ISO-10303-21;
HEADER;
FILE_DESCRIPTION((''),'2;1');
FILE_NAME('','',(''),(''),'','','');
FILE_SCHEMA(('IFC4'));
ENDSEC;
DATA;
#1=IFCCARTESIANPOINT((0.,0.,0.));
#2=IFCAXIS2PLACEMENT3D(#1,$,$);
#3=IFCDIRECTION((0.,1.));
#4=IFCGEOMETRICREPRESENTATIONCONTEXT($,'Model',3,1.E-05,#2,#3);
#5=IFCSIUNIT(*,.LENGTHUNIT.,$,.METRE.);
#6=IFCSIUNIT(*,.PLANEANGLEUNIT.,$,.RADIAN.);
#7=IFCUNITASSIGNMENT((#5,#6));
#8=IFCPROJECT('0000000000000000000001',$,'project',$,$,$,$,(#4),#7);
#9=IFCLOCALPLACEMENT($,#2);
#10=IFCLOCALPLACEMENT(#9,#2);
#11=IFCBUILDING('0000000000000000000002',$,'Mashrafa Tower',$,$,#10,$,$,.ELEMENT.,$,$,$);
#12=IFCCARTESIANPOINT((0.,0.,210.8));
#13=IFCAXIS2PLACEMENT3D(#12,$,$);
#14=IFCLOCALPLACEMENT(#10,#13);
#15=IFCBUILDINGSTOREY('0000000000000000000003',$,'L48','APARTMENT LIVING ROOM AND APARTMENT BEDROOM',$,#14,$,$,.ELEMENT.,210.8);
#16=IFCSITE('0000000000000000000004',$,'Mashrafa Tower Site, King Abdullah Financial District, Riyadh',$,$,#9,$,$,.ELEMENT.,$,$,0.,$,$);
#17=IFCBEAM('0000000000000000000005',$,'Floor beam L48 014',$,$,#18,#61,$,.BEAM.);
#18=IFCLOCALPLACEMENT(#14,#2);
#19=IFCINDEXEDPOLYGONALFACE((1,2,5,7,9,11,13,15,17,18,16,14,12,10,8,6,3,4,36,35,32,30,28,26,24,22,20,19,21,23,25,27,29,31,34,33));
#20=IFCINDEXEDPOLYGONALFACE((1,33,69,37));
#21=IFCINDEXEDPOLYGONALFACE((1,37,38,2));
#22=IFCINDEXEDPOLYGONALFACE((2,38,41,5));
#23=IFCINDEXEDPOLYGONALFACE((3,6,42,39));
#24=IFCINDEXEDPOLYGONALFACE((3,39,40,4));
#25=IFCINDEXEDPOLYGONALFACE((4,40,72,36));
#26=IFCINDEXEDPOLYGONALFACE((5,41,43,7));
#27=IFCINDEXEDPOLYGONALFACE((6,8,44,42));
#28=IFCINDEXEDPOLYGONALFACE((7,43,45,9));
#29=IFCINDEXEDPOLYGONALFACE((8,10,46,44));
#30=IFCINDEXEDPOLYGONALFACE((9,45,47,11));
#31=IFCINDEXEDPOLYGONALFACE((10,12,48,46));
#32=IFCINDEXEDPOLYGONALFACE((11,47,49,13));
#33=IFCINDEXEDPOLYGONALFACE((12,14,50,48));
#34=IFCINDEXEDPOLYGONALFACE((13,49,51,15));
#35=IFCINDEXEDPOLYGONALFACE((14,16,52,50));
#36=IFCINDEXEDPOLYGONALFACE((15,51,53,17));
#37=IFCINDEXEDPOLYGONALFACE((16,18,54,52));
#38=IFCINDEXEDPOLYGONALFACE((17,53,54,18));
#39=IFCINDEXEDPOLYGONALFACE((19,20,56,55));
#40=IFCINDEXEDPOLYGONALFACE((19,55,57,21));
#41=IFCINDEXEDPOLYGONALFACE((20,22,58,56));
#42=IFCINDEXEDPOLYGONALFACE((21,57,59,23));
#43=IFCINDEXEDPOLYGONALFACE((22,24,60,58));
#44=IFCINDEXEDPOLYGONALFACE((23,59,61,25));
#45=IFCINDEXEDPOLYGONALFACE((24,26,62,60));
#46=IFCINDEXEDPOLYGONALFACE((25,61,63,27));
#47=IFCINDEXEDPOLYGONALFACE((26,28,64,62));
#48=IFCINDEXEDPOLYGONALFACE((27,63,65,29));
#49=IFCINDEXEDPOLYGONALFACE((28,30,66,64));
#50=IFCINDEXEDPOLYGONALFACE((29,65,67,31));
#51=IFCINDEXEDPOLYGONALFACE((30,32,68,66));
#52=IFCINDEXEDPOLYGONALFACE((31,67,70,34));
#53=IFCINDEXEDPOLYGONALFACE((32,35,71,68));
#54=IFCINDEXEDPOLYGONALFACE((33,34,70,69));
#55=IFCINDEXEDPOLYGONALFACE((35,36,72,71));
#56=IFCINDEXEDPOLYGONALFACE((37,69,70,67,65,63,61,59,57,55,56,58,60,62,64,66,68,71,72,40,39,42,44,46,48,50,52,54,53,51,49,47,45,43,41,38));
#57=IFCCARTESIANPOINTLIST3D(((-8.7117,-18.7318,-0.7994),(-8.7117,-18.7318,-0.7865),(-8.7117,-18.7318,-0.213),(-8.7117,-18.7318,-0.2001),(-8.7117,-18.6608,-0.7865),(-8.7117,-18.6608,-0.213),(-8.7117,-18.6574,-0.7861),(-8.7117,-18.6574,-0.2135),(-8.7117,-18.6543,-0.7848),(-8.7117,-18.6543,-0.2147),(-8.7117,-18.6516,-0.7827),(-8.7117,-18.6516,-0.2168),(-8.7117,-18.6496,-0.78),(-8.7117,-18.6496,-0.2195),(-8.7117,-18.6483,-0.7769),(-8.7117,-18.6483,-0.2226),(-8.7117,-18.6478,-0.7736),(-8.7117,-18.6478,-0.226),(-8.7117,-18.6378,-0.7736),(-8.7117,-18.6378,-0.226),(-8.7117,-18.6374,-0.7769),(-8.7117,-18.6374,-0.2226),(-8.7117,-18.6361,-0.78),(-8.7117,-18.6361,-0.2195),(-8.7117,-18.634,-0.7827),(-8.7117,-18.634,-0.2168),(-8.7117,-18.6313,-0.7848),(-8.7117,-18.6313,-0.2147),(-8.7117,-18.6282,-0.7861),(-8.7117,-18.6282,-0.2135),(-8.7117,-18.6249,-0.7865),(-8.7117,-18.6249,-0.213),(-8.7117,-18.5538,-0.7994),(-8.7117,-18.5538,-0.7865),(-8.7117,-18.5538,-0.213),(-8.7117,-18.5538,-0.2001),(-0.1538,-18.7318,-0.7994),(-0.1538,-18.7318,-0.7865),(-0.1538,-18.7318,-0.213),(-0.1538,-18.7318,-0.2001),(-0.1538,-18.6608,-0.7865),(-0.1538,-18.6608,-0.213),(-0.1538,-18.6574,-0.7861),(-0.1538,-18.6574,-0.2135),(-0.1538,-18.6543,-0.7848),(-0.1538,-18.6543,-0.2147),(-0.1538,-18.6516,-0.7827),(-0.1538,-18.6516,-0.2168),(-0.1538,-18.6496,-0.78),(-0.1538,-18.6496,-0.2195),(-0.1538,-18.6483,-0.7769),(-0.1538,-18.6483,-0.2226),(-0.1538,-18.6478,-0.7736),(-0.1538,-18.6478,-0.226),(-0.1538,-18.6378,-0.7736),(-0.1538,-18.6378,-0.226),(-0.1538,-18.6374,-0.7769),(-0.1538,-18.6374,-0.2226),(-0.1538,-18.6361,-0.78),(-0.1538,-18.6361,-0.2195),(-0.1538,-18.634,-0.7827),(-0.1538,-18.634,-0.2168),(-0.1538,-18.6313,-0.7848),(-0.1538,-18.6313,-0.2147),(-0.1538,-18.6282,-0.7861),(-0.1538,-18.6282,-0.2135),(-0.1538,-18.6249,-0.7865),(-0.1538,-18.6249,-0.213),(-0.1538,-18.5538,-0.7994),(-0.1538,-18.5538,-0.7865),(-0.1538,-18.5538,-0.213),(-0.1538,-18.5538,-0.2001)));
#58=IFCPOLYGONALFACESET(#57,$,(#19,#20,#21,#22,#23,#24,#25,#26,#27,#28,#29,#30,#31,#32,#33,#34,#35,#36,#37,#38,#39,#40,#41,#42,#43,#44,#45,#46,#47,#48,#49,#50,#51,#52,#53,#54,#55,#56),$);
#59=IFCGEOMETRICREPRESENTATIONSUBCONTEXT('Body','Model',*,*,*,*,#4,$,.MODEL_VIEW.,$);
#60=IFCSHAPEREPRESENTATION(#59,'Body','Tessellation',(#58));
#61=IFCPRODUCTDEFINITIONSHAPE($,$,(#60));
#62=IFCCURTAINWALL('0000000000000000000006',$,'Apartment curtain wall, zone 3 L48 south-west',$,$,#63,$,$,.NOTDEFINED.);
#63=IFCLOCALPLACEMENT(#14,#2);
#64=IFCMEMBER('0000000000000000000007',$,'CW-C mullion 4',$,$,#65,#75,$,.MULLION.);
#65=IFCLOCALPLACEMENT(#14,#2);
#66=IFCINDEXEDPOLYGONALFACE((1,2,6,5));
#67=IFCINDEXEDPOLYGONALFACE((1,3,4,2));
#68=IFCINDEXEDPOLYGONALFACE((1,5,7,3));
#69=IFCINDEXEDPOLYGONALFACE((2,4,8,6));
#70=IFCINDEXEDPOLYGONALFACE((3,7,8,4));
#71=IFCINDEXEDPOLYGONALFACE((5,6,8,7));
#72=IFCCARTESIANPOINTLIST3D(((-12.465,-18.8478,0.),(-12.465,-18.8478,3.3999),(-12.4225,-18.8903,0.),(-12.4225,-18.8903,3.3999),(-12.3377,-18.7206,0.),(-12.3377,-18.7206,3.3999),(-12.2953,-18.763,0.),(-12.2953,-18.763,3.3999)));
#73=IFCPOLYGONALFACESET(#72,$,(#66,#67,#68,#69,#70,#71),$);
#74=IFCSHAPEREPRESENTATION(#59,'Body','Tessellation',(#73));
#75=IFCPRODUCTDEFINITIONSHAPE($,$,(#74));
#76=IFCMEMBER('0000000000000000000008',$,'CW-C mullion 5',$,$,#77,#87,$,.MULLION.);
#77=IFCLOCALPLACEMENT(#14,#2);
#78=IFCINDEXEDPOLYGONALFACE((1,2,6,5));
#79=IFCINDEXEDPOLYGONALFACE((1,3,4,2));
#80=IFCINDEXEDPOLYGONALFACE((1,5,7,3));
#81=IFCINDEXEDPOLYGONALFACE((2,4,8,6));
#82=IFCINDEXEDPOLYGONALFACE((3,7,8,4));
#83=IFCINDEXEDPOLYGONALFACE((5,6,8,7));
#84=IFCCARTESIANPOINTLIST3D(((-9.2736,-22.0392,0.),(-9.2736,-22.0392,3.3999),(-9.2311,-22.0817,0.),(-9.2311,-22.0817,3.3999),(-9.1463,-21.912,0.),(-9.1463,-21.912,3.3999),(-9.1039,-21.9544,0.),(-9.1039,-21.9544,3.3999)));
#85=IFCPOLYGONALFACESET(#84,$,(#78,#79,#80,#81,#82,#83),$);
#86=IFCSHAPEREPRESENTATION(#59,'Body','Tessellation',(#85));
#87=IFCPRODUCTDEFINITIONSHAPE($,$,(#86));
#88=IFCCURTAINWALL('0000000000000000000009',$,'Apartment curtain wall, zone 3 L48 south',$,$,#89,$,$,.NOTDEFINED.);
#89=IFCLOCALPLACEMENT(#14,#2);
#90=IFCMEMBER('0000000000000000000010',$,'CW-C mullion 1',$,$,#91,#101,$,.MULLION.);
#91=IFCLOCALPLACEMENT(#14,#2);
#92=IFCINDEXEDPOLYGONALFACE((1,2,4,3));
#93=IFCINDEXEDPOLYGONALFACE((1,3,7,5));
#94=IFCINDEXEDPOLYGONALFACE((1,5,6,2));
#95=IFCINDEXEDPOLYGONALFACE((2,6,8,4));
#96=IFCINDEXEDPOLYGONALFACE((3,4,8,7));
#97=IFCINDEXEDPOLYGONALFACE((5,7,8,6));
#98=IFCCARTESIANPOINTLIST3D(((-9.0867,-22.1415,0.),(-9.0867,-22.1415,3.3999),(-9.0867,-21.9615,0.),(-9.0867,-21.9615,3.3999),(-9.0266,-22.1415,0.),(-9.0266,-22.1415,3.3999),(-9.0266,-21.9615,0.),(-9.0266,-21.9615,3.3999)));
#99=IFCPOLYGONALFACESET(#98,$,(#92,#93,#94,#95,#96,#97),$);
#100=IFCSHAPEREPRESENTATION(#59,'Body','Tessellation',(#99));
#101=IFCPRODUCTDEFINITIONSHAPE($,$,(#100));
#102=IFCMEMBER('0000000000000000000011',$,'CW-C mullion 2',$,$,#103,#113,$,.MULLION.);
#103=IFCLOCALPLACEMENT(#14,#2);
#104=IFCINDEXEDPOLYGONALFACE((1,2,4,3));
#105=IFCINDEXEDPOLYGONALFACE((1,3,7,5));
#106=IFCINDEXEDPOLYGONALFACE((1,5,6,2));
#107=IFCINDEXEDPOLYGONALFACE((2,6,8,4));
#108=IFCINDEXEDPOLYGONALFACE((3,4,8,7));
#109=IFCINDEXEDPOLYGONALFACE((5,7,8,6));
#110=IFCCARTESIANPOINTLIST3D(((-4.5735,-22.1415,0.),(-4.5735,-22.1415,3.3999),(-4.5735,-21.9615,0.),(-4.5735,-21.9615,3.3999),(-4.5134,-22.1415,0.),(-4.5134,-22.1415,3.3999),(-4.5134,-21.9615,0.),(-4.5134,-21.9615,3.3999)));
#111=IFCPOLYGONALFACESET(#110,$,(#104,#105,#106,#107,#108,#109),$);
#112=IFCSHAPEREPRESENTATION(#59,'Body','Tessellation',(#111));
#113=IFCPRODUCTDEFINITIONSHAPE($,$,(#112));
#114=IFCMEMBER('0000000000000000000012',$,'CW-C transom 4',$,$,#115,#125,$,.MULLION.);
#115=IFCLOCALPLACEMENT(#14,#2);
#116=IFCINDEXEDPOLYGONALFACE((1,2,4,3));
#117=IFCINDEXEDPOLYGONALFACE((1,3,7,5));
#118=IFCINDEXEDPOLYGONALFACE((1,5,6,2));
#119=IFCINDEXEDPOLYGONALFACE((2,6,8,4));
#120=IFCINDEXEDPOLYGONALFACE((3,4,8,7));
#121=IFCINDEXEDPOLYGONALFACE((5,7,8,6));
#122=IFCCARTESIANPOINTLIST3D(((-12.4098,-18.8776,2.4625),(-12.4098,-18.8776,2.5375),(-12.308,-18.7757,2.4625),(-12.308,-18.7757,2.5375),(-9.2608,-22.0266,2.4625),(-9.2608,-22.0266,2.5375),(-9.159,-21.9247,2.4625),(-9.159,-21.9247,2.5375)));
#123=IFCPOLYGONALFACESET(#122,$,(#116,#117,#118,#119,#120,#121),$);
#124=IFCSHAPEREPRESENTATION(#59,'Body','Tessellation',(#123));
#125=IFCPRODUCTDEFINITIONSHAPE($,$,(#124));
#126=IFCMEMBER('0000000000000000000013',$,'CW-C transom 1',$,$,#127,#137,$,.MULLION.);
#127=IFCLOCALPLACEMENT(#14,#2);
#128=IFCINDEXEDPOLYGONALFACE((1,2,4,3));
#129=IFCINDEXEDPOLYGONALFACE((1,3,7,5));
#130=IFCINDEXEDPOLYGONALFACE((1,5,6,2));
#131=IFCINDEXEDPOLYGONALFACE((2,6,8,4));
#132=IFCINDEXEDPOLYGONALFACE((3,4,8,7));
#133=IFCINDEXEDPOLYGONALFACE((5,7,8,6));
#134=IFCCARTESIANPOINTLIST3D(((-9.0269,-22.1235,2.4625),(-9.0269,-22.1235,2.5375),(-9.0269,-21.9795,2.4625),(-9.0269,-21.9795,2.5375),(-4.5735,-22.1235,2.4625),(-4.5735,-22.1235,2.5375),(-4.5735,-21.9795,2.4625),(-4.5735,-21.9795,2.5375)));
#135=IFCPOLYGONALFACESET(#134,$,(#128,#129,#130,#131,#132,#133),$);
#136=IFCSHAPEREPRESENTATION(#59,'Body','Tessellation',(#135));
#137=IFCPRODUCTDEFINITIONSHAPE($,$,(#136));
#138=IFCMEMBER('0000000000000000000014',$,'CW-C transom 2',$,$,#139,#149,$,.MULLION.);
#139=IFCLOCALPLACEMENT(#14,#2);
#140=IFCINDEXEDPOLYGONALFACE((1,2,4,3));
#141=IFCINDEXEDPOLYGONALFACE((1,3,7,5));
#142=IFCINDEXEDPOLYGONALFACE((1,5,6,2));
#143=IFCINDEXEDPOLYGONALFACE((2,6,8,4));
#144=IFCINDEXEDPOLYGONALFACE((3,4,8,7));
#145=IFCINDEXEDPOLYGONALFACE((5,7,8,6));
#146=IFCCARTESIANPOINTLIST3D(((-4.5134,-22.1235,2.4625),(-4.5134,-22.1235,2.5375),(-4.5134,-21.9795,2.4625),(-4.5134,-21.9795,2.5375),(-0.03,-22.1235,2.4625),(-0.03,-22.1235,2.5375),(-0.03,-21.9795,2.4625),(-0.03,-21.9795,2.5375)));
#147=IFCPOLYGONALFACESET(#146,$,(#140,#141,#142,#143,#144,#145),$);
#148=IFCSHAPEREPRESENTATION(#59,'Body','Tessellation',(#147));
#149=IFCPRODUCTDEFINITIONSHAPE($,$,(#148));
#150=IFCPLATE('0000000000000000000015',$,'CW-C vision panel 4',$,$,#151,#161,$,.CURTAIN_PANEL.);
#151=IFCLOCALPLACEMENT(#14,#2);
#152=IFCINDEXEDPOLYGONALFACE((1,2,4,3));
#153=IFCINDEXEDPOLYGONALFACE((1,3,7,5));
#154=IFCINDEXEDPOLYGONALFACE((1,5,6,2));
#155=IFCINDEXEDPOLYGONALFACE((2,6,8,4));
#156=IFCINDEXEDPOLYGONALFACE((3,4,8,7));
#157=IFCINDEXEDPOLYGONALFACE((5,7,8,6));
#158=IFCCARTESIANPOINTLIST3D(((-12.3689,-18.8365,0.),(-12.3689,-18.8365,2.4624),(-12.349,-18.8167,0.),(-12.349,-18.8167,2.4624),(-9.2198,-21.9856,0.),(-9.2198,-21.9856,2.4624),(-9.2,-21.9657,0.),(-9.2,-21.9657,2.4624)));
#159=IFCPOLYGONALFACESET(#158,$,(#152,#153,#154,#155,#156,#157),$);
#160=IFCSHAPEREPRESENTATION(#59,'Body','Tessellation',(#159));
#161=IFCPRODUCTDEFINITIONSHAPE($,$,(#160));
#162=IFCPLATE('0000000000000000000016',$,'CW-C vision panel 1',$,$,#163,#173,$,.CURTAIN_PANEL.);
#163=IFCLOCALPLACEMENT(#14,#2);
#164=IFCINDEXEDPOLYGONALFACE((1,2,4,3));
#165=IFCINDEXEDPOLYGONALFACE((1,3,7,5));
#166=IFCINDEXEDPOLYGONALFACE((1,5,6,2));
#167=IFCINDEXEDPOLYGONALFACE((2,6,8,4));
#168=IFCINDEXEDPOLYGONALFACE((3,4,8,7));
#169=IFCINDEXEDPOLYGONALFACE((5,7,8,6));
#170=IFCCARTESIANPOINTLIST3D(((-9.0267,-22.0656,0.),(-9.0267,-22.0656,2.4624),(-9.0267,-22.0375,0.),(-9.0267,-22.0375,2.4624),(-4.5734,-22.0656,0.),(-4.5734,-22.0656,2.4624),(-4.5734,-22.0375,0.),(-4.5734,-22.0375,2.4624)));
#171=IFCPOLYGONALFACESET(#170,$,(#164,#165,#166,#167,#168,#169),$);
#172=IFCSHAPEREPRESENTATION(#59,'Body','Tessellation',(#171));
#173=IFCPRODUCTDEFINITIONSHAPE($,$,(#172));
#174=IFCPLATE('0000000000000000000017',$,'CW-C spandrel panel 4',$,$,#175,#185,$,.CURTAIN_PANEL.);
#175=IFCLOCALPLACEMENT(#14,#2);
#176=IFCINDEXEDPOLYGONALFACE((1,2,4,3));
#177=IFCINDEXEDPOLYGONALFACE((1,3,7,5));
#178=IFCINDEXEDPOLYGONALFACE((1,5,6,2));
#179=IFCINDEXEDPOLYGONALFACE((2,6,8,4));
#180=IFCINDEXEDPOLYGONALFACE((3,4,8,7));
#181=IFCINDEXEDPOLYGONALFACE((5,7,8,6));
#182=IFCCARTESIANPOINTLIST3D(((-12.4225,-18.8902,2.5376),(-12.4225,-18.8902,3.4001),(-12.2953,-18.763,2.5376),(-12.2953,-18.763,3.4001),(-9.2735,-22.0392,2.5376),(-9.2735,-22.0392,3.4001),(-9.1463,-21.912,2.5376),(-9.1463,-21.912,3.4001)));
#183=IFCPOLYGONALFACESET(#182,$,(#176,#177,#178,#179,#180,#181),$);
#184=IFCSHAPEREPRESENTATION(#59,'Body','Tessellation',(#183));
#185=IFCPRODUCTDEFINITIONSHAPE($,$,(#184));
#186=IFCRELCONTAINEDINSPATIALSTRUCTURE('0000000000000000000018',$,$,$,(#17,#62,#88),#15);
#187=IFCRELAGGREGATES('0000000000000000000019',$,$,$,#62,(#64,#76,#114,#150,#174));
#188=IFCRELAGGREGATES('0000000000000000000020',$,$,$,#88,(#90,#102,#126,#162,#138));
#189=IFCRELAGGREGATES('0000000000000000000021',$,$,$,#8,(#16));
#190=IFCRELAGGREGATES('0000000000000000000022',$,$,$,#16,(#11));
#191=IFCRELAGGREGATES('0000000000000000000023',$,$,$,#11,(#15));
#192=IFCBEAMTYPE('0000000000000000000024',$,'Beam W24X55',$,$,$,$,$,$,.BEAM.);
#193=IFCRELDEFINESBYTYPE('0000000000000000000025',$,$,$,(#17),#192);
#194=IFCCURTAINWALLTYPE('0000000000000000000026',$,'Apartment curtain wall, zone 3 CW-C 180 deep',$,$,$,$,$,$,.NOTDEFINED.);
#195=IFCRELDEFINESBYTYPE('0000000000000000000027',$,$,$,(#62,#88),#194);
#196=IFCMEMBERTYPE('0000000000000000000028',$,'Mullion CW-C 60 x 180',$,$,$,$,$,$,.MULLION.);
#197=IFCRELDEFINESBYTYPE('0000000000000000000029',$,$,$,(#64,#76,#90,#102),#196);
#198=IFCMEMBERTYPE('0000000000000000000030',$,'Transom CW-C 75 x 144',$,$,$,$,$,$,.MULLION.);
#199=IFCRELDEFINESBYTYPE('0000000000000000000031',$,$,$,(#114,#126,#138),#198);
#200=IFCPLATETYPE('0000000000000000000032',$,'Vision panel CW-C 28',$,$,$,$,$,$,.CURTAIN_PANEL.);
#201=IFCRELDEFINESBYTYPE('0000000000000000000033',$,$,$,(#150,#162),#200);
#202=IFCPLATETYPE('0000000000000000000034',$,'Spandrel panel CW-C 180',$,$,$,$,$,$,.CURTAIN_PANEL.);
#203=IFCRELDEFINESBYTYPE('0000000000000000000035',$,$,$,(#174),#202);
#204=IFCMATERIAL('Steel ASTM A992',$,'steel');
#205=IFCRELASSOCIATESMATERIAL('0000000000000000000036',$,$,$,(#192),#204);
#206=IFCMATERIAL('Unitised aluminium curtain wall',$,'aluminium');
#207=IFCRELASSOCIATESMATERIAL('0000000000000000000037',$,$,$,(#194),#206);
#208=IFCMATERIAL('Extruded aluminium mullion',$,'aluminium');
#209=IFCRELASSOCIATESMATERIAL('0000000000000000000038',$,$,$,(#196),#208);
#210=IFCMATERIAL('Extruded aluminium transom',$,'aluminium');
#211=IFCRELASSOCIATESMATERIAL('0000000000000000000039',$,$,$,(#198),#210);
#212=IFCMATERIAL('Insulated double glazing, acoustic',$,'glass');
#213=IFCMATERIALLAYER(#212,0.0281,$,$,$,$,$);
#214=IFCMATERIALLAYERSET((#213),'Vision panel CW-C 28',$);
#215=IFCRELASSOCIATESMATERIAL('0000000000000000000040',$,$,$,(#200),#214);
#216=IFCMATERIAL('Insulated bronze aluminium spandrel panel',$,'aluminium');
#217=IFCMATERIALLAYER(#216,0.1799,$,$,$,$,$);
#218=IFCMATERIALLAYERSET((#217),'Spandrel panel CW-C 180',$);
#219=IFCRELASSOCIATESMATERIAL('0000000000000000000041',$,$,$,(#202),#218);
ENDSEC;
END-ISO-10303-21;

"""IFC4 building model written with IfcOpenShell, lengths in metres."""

from ifc_helpers import new_model, si_unit, direction, frame, origin, origin_2d, place, context, subcontext, project, spatial, rectangle, i_section, extrude, source, transform, mapped, material, layer, layer_set, material_profile, profile_set, type_object, type_shapes, element, aggregate, save


model = new_model("IFC4")

# Units and contexts
model_context = context("Model", 3, precision=1e-05, world=origin(), true_north=direction((0.0, 1.0)))
body_context = subcontext(model_context, "Body", "Model", "MODEL_VIEW")
ifc_project = project(units=[si_unit("LENGTHUNIT", "METRE"), si_unit("PLANEANGLEUNIT", "RADIAN")], contexts=[model_context])

# Site, building, storey
site_placement = place(None, origin())
site = spatial("IfcSite", under=ifc_project, at=site_placement, Name="Mashrafa Tower Site, King Abdullah Financial District, Riyadh", CompositionType="ELEMENT", RefElevation=0.0)
building_placement = place(site_placement, origin())
building = spatial("IfcBuilding", under=site, at=building_placement, Name="Mashrafa Tower", CompositionType="ELEMENT")
storey_placement = place(building_placement, frame((0.0, 0.0, 210.8)))
storey = spatial("IfcBuildingStorey", under=building, at=storey_placement, Name="L48", Description="APARTMENT LIVING ROOM AND APARTMENT BEDROOM", CompositionType="ELEMENT", Elevation=210.8)

# Beam
ifc_material_1 = material(Name="Steel ASTM A992", Category="steel")
ifc_material_profile_1 = material_profile(ifc_material_1, i_section(OverallWidth=0.178, OverallDepth=0.5994, WebThickness=0.01, FlangeThickness=0.0129, FilletRadius=0.0129, at=origin_2d()), Name="W24X55")
ifc_profile_set_1 = profile_set([ifc_material_profile_1], Name="Steel ASTM A992")
beam_type_1 = type_object("IfcBeamType", Name="Beam W24X55", PredefinedType="BEAM", material=ifc_profile_set_1)
beam_1_placement = place(storey_placement, frame((-0.1538, -18.6428, -0.4998), z_axis=(-1.0, 0.0, 0.0), x_axis=(0.0, -1.0, 0.0)))
element("IfcBeam", 1, at=beam_1_placement, inside=storey, type_object=beam_type_1, Name="Floor beam L48 014", PredefinedType="BEAM", context=body_context, shape_type="SweptSolid", body=[
    extrude(i_section(OverallWidth=0.178, OverallDepth=0.5994, WebThickness=0.01, FlangeThickness=0.0129, FilletRadius=0.0129, at=origin_2d()), origin(), (0.0, 0.0, 1.0), 8.5579),
])

# Curtain walls, members
ifc_material_2 = material(Name="Unitised aluminium curtain wall", Category="aluminium")
curtain_wall_type = type_object("IfcCurtainWallType", Name="Apartment curtain wall, zone 3 CW-C 180 deep", PredefinedType="NOTDEFINED", material=ifc_material_2)
curtain_wall_1_placement = place(storey_placement, origin())
curtain_wall_1 = element("IfcCurtainWall", 2, at=curtain_wall_1_placement, inside=storey, type_object=curtain_wall_type, Name="Apartment curtain wall, zone 3 L48 south-west", PredefinedType="NOTDEFINED")
ifc_material_3 = material(Name="Extruded aluminium mullion", Category="aluminium")
ifc_material_profile_2 = material_profile(ifc_material_3, rectangle(XDim=0.1799, YDim=0.0601, at=origin_2d()), Name="Mullion 60x180")
ifc_profile_set_2 = profile_set([ifc_material_profile_2], Name="Extruded aluminium mullion")
member_type_1 = type_object("IfcMemberType", Name="Mullion CW-C 60 x 180", PredefinedType="MULLION", material=ifc_profile_set_2)
shared_shape_1 = source(origin(), body_context, "Body", "SweptSolid", [
    extrude(rectangle(XDim=0.1799, YDim=0.0601, at=origin_2d()), origin(), (0.0, 0.0, 1.0), 3.3999),
])
type_shapes(member_type_1, [shared_shape_1])
member_1_placement = place(storey_placement, frame((-12.3801, -18.8054, 0.0), z_axis=(0.0, 0.0, 1.0), x_axis=(0.707107, 0.707107, 0.0)))
member_1 = element("IfcMember", 3, at=member_1_placement, type_object=member_type_1, Name="CW-C mullion 4", PredefinedType="MULLION", context=body_context, shape_type="MappedRepresentation", body=[
    mapped(shared_shape_1, transform((0.0, 0.0, 0.0))),
])
member_2_placement = place(storey_placement, frame((-9.1887, -21.9968, 0.0), z_axis=(0.0, 0.0, 1.0), x_axis=(0.707107, 0.707107, 0.0)))
member_2 = element("IfcMember", 4, at=member_2_placement, type_object=member_type_1, Name="CW-C mullion 5", PredefinedType="MULLION", context=body_context, shape_type="MappedRepresentation", body=[
    mapped(shared_shape_1, transform((0.0, 0.0, 0.0))),
])
curtain_wall_2_placement = place(storey_placement, origin())
curtain_wall_2 = element("IfcCurtainWall", 5, at=curtain_wall_2_placement, inside=storey, type_object=curtain_wall_type, Name="Apartment curtain wall, zone 3 L48 south", PredefinedType="NOTDEFINED")
member_3_placement = place(storey_placement, frame((-9.0566, -22.0515, 0.0), z_axis=(0.0, 0.0, 1.0), x_axis=(0.0, 1.0, 0.0)))
member_3 = element("IfcMember", 6, at=member_3_placement, type_object=member_type_1, Name="CW-C mullion 1", PredefinedType="MULLION", context=body_context, shape_type="MappedRepresentation", body=[
    mapped(shared_shape_1, transform((0.0, 0.0, 0.0))),
])
member_4_placement = place(storey_placement, frame((-4.5435, -22.0515, 0.0), z_axis=(0.0, 0.0, 1.0), x_axis=(0.0, 1.0, 0.0)))
member_4 = element("IfcMember", 7, at=member_4_placement, type_object=member_type_1, Name="CW-C mullion 2", PredefinedType="MULLION", context=body_context, shape_type="MappedRepresentation", body=[
    mapped(shared_shape_1, transform((0.0, 0.0, 0.0))),
])

# Members
ifc_material_4 = material(Name="Extruded aluminium transom", Category="aluminium")
ifc_material_profile_3 = material_profile(ifc_material_4, rectangle(XDim=0.144, YDim=0.075, at=origin_2d()), Name="Transom 75x144")
ifc_profile_set_3 = profile_set([ifc_material_profile_3], Name="Extruded aluminium transom")
member_type_2 = type_object("IfcMemberType", Name="Transom CW-C 75 x 144", PredefinedType="MULLION", material=ifc_profile_set_3)
shared_shape_2 = source(origin(), body_context, "Body", "SweptSolid", [
    extrude(rectangle(XDim=0.144, YDim=0.075, at=origin_2d()), origin(), (0.0, 0.0, 1.0), 4.4534),
])
member_5_placement = place(storey_placement, frame((-12.3589, -18.8267, 2.5), z_axis=(0.707107, -0.707107, 0.0), x_axis=(0.707107, 0.707107, 0.0)))
member_5 = element("IfcMember", 8, at=member_5_placement, type_object=member_type_2, Name="CW-C transom 4", PredefinedType="MULLION", context=body_context, shape_type="MappedRepresentation", body=[
    mapped(shared_shape_2, transform((0.0, 0.0, 0.0))),
])
member_6_placement = place(storey_placement, frame((-9.0269, -22.0515, 2.5), z_axis=(1.0, 0.0, 0.0), x_axis=(0.0, 1.0, 0.0)))
member_6 = element("IfcMember", 9, at=member_6_placement, type_object=member_type_2, Name="CW-C transom 1", PredefinedType="MULLION", context=body_context, shape_type="MappedRepresentation", body=[
    mapped(shared_shape_2, transform((0.0, 0.0, 0.0))),
])
shared_shape_3 = source(origin(), body_context, "Body", "SweptSolid", [
    extrude(rectangle(XDim=0.144, YDim=0.075, at=origin_2d()), origin(), (0.0, 0.0, 1.0), 4.4834),
])
type_shapes(member_type_2, [shared_shape_2, shared_shape_3])
member_7_placement = place(storey_placement, frame((-4.5134, -22.0515, 2.5), z_axis=(1.0, 0.0, 0.0), x_axis=(0.0, 1.0, 0.0)))
member_7 = element("IfcMember", 10, at=member_7_placement, type_object=member_type_2, Name="CW-C transom 2", PredefinedType="MULLION", context=body_context, shape_type="MappedRepresentation", body=[
    mapped(shared_shape_3, transform((0.0, 0.0, 0.0))),
])

# Plates
ifc_material_5 = material(Name="Insulated double glazing, acoustic", Category="glass")
ifc_layer_1 = layer(ifc_material_5, 0.0281)
ifc_layer_set_1 = layer_set([ifc_layer_1], Name="Vision panel CW-C 28")
plate_type_1 = type_object("IfcPlateType", Name="Vision panel CW-C 28", PredefinedType="CURTAIN_PANEL", material=ifc_layer_set_1)
shared_shape_4 = source(origin(), body_context, "Body", "SweptSolid", [
    extrude(rectangle(XDim=4.4534, YDim=0.0281, at=origin_2d()), origin(), (0.0, 0.0, 1.0), 2.4624),
])
plate_1_placement = place(storey_placement, frame((-10.7844, -20.4011, 0.0), z_axis=(0.0, 0.0, 1.0), x_axis=(0.707107, -0.707107, 0.0)))
plate_1 = element("IfcPlate", 11, at=plate_1_placement, type_object=plate_type_1, Name="CW-C vision panel 4", PredefinedType="CURTAIN_PANEL", context=body_context, shape_type="MappedRepresentation", body=[
    mapped(shared_shape_4, transform((0.0, 0.0, 0.0))),
])
plate_2_placement = place(storey_placement, frame((-6.8, -22.0515, 0.0), z_axis=(0.0, 0.0, 1.0), x_axis=(1.0, 0.0, 0.0)))
plate_2 = element("IfcPlate", 12, at=plate_2_placement, type_object=plate_type_1, Name="CW-C vision panel 1", PredefinedType="CURTAIN_PANEL", context=body_context, shape_type="MappedRepresentation", body=[
    mapped(shared_shape_4, transform((0.0, 0.0, 0.0))),
])
ifc_material_6 = material(Name="Insulated bronze aluminium spandrel panel", Category="aluminium")
ifc_layer_2 = layer(ifc_material_6, 0.1799)
ifc_layer_set_2 = layer_set([ifc_layer_2], Name="Spandrel panel CW-C 180")
plate_type_2 = type_object("IfcPlateType", Name="Spandrel panel CW-C 180", PredefinedType="CURTAIN_PANEL", material=ifc_layer_set_2)
shared_shape_5 = source(origin(), body_context, "Body", "SweptSolid", [
    extrude(rectangle(XDim=4.4534, YDim=0.1799, at=origin_2d()), origin(), (0.0, 0.0, 1.0), 0.8625),
])
plate_3_placement = place(storey_placement, frame((-10.7844, -20.4011, 2.5376), z_axis=(0.0, 0.0, 1.0), x_axis=(0.707107, -0.707107, 0.0)))
plate_3 = element("IfcPlate", 13, at=plate_3_placement, type_object=plate_type_2, Name="CW-C spandrel panel 4", PredefinedType="CURTAIN_PANEL", context=body_context, shape_type="MappedRepresentation", body=[
    mapped(shared_shape_5, transform((0.0, 0.0, 0.0))),
])
aggregate(curtain_wall_1, [member_1, member_2, member_5, plate_1, plate_3])
aggregate(curtain_wall_2, [member_3, member_4, member_6, plate_2, member_7])

save(model, "model.ifc")
